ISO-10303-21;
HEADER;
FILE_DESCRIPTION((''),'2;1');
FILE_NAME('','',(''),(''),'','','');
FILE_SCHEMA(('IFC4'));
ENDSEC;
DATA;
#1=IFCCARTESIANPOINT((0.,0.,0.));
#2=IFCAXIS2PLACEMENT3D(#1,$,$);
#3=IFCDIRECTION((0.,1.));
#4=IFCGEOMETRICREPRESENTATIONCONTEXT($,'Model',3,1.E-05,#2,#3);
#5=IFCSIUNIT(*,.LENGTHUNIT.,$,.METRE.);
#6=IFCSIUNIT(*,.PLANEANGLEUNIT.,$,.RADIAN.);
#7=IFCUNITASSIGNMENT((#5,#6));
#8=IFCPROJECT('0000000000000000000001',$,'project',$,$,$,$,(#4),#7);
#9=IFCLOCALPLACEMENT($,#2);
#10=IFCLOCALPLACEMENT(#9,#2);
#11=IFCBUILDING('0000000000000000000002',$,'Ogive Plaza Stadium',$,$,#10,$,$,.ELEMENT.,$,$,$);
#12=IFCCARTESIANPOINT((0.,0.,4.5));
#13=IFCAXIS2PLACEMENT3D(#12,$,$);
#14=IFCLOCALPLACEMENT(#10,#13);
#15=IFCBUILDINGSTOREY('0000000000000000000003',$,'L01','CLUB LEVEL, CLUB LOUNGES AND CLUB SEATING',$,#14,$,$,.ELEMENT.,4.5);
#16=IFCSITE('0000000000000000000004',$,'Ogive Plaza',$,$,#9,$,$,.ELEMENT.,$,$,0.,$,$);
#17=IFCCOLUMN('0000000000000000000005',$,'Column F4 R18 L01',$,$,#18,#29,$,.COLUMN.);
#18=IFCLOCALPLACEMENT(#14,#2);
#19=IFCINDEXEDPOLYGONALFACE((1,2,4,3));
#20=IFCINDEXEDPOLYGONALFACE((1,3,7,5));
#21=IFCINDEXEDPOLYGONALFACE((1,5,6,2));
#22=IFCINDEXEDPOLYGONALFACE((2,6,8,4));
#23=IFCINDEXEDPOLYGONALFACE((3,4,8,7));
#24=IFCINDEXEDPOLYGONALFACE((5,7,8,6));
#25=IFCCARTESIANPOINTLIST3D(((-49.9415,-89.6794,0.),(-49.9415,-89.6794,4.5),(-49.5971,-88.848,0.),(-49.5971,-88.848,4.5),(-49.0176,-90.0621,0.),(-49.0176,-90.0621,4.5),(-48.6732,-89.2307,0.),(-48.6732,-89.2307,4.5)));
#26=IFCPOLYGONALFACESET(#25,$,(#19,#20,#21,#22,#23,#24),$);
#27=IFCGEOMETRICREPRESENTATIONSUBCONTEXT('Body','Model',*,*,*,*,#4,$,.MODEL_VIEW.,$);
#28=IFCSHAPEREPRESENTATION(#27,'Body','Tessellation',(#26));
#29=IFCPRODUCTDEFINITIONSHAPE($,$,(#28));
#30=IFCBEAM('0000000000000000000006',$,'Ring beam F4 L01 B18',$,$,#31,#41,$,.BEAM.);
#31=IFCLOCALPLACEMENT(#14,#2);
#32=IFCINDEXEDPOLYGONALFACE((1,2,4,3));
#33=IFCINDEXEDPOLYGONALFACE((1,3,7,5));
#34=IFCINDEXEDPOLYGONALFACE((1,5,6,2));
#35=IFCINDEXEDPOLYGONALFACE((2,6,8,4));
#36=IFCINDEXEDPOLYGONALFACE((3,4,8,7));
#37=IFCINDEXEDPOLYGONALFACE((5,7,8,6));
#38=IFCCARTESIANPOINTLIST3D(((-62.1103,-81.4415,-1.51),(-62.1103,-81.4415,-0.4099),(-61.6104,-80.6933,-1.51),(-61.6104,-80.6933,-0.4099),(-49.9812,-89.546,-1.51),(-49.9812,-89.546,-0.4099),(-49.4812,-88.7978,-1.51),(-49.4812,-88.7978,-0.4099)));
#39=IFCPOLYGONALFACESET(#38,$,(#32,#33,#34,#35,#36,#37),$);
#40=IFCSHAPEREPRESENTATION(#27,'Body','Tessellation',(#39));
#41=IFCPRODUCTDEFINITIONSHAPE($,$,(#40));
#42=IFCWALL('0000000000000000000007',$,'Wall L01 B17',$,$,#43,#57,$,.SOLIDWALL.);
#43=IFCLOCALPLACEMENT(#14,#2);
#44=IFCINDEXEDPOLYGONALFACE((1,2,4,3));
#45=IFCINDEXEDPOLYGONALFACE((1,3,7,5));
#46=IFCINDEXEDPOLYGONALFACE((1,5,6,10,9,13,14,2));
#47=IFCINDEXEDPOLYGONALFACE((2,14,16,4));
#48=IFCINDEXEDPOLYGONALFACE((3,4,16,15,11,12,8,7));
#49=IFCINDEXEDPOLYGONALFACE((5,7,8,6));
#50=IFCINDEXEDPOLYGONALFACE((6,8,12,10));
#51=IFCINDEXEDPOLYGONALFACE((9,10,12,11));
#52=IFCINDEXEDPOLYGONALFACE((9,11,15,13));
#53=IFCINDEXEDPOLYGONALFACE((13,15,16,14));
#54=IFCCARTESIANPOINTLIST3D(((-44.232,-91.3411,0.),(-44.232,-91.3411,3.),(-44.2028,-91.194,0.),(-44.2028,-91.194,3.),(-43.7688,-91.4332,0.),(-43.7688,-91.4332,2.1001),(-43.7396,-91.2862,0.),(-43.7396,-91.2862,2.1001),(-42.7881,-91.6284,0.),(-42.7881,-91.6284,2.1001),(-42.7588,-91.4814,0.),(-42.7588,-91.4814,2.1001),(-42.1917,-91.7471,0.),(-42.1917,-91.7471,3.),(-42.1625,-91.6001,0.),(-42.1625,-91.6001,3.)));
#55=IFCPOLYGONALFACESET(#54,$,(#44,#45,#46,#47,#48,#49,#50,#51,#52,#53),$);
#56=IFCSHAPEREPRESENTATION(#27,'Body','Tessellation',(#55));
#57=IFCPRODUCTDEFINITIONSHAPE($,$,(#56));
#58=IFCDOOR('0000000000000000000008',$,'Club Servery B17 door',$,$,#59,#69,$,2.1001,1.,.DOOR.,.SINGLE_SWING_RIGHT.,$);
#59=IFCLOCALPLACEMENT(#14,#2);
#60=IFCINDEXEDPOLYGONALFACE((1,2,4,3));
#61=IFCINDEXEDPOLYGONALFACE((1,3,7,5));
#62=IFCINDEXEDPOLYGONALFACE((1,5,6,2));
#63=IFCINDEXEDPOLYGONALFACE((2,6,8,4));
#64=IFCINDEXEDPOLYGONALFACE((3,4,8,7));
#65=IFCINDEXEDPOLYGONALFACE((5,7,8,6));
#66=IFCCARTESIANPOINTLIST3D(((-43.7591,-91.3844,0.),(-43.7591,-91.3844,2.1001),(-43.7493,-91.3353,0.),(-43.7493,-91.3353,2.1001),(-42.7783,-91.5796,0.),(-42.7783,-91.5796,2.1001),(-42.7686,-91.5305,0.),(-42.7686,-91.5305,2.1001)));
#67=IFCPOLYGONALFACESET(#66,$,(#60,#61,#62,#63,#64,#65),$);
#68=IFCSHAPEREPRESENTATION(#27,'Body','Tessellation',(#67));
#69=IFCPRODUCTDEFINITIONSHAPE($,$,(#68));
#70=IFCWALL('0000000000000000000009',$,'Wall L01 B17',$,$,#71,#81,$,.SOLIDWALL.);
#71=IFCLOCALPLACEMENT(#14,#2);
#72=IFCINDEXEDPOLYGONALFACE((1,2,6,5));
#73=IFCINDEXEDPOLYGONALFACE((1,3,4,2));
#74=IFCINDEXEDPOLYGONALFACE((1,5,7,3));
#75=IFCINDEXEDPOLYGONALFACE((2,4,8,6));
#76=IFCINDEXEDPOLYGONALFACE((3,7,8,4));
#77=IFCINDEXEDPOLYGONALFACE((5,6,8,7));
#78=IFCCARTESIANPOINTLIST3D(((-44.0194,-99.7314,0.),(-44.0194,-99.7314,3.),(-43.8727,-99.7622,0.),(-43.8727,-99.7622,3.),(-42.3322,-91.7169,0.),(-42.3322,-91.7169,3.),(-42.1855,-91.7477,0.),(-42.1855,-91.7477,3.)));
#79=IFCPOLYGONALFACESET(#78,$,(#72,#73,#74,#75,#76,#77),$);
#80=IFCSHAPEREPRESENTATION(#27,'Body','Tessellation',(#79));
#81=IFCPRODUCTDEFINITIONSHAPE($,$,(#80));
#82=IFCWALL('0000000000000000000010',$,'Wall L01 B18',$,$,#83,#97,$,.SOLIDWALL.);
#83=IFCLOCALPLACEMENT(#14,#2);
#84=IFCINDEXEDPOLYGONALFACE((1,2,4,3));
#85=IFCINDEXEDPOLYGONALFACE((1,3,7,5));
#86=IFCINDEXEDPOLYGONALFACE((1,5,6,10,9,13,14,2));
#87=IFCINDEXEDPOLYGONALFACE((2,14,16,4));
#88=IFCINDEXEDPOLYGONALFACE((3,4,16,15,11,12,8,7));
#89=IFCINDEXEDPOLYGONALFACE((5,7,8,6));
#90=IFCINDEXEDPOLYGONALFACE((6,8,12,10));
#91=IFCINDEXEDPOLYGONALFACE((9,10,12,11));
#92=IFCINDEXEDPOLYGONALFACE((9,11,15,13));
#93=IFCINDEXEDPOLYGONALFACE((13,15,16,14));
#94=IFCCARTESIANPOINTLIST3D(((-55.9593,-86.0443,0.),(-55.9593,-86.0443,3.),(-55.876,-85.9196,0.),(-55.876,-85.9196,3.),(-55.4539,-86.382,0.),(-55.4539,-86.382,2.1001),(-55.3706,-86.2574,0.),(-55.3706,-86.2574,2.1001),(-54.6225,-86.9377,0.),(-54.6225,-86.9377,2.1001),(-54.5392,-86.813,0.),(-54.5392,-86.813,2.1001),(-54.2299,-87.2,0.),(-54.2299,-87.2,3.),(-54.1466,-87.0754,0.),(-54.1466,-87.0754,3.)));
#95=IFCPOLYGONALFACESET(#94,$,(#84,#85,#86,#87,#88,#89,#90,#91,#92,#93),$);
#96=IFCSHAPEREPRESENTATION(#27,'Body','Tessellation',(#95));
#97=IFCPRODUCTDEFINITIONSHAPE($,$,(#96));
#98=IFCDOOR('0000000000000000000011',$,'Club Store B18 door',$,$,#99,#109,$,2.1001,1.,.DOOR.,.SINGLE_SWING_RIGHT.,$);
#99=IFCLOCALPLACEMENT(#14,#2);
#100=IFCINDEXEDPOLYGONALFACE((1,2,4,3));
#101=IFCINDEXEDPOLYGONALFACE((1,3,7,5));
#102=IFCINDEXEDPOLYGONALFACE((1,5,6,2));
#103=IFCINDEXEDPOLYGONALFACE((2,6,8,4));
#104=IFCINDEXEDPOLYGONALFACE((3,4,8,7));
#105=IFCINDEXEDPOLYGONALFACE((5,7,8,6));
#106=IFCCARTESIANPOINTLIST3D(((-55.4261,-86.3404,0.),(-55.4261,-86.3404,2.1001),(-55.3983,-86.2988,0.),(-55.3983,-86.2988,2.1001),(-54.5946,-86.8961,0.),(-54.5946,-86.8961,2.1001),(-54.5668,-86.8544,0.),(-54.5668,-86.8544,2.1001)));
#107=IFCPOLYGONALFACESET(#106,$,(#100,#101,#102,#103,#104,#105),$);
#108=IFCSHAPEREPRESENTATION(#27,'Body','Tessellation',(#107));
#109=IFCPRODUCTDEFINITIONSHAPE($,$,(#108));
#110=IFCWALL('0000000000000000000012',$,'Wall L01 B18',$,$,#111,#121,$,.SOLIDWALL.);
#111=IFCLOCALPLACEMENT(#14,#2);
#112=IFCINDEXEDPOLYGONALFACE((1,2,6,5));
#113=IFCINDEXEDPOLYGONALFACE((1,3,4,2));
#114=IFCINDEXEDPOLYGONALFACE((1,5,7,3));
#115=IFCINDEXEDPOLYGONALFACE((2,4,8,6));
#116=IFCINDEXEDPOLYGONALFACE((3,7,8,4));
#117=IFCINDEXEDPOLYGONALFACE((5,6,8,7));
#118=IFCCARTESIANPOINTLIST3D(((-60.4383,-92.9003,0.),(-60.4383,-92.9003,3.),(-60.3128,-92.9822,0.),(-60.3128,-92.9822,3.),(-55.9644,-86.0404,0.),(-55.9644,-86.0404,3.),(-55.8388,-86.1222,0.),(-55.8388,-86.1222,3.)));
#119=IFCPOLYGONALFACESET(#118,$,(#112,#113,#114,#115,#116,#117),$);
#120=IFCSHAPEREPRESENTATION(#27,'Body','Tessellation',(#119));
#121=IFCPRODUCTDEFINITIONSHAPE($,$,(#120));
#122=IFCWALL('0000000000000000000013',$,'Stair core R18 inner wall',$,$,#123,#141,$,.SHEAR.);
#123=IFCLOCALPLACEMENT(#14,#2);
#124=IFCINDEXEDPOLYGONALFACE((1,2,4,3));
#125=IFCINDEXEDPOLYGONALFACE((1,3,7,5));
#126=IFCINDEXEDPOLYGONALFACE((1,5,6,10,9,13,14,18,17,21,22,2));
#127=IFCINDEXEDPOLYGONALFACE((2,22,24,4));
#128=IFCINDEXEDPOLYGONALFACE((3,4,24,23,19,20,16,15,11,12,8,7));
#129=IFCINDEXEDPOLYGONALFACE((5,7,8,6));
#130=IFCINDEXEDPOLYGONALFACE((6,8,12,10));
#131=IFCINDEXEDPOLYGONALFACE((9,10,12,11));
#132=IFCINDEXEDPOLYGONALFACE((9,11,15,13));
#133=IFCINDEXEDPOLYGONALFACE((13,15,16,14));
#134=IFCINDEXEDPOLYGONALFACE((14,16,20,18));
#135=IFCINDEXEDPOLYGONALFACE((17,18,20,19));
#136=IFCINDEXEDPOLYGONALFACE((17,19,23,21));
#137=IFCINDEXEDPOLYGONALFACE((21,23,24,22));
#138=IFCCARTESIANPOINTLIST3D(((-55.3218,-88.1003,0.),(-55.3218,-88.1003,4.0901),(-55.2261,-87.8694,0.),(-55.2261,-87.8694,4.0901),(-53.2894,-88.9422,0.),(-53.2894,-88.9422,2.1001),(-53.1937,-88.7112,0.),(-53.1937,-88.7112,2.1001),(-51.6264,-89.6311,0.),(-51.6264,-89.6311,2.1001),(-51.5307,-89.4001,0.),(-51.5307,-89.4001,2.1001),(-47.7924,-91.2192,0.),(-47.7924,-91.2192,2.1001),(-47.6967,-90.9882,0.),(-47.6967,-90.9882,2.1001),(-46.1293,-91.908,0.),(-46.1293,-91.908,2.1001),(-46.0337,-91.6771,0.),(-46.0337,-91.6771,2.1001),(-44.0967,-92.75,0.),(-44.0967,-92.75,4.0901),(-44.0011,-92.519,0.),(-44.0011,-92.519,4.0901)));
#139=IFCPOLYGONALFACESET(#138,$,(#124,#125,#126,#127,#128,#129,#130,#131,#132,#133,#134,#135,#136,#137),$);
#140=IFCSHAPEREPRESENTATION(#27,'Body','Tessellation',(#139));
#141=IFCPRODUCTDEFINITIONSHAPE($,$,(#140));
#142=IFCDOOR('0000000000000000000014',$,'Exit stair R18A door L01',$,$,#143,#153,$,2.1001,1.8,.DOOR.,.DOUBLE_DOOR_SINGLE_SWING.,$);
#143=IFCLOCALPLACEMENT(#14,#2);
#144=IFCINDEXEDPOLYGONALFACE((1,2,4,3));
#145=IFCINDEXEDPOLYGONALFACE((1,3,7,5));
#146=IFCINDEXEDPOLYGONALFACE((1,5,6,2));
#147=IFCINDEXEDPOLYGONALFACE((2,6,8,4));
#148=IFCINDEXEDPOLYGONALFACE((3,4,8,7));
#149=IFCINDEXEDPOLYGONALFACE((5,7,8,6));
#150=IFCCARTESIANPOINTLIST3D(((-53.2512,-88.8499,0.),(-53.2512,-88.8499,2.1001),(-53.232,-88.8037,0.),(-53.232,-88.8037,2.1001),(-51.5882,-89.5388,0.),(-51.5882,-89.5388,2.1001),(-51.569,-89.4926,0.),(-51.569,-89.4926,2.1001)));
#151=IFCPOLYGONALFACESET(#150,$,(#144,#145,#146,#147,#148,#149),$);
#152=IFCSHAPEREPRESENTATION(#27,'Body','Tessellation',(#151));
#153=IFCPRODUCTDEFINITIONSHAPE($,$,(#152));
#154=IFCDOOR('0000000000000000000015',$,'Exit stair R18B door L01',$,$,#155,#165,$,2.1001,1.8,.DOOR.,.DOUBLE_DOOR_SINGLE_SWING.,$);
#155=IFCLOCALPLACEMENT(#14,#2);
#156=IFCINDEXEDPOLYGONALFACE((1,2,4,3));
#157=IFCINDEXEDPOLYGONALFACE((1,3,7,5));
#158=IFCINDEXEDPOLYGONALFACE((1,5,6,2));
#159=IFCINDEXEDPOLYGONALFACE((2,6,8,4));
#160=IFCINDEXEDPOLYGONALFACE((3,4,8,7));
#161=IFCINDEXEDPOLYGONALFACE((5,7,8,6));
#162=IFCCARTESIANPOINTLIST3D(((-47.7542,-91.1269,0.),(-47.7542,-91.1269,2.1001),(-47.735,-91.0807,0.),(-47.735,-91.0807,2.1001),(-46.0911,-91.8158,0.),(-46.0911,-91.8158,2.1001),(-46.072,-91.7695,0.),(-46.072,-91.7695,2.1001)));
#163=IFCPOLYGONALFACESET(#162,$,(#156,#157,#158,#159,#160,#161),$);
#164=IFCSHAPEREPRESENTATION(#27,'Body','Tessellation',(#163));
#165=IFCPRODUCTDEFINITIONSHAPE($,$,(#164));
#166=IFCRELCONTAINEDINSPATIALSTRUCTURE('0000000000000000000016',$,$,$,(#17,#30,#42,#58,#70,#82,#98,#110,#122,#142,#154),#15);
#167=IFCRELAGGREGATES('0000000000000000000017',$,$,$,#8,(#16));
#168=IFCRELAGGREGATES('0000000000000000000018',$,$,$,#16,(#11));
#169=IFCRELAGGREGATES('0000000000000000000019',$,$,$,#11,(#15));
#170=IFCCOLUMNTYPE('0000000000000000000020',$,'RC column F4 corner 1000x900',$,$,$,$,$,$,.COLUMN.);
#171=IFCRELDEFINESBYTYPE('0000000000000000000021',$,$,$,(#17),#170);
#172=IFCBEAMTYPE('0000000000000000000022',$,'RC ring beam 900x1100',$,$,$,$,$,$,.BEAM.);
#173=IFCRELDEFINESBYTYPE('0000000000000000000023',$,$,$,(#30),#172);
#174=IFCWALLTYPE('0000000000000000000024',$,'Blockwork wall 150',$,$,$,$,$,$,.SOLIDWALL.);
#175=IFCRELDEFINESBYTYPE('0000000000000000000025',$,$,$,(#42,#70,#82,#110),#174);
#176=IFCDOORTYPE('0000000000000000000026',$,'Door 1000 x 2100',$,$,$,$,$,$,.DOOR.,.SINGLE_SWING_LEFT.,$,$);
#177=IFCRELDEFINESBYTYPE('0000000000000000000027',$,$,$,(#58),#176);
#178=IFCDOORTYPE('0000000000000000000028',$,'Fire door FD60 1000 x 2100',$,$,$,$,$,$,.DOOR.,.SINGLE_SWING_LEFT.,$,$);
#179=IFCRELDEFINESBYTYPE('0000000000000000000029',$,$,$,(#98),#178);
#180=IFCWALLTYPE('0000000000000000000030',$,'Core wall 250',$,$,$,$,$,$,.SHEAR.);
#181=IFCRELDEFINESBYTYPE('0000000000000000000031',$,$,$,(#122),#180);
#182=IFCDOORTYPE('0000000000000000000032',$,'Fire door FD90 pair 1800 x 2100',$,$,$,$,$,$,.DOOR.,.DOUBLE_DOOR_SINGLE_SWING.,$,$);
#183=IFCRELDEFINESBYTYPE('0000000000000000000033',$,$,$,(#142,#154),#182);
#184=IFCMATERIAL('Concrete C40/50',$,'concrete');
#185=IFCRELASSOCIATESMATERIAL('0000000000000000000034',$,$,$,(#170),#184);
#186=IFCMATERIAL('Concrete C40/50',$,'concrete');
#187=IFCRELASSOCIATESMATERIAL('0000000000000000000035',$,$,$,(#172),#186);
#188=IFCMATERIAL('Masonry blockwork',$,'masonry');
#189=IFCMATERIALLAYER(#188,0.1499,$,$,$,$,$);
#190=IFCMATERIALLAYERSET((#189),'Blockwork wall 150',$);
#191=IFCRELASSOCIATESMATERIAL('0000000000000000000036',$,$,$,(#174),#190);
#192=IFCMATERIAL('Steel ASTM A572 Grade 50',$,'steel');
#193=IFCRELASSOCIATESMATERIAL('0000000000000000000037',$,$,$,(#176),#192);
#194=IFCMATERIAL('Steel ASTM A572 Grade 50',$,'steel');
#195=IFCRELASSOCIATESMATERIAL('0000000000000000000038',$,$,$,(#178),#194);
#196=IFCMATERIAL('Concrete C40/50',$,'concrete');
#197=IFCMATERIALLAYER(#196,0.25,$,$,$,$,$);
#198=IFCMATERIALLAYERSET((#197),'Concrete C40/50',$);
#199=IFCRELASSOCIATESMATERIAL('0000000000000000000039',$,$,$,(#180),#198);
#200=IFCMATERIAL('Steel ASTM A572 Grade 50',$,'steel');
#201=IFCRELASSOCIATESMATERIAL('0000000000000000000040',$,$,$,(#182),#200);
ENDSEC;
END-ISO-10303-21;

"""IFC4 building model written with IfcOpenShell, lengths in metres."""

from ifc_helpers import new_model, si_unit, direction, frame, frame_2d, origin, origin_2d, place, context, subcontext, project, spatial, rectangle, extrude, material, layer, layer_set, material_profile, profile_set, type_object, element, fill, save


model = new_model("IFC4")

# Units and contexts
model_context = context("Model", 3, precision=1e-05, world=origin(), true_north=direction((0.0, 1.0)))
body_context = subcontext(model_context, "Body", "Model", "MODEL_VIEW")
ifc_project = project(units=[si_unit("LENGTHUNIT", "METRE"), si_unit("PLANEANGLEUNIT", "RADIAN")], contexts=[model_context])

# Site, building, storey
site_placement = place(None, origin())
site = spatial("IfcSite", under=ifc_project, at=site_placement, Name="Ogive Plaza", CompositionType="ELEMENT", RefElevation=0.0)
building_placement = place(site_placement, origin())
building = spatial("IfcBuilding", under=site, at=building_placement, Name="Ogive Plaza Stadium", CompositionType="ELEMENT")
storey_placement = place(building_placement, frame((0.0, 0.0, 4.5)))
storey = spatial("IfcBuildingStorey", under=building, at=storey_placement, Name="L01", Description="CLUB LEVEL, CLUB LOUNGES AND CLUB SEATING", CompositionType="ELEMENT", Elevation=4.5)

# Column
ifc_material_1 = material(Name="Concrete C40/50", Category="concrete")
ifc_material_profile_1 = material_profile(ifc_material_1, rectangle(XDim=1.0, YDim=0.8999, at=origin_2d()), Name="RC 1000x900")
ifc_profile_set_1 = profile_set([ifc_material_profile_1], Name="Concrete C40/50")
column_type = type_object("IfcColumnType", Name="RC column F4 corner 1000x900", PredefinedType="COLUMN", material=ifc_profile_set_1)
column_placement = place(storey_placement, frame((-49.3074, -89.4551, 0.0), z_axis=(0.0, 0.0, 1.0), x_axis=(0.92388, -0.382683, 0.0)))
element("IfcColumn", 1, at=column_placement, inside=storey, type_object=column_type, Name="Column F4 R18 L01", PredefinedType="COLUMN", context=body_context, shape_type="SweptSolid", body=[
    extrude(rectangle(XDim=1.0, YDim=0.8999, at=origin_2d()), origin(), (0.0, 0.0, 1.0), 4.5),
])

# Beam
ifc_material_2 = material(Name="Concrete C40/50", Category="concrete")
ifc_material_profile_2 = material_profile(ifc_material_2, rectangle(XDim=0.8999, YDim=1.1001, at=origin_2d()), Name="RC 900x1100")
ifc_profile_set_2 = profile_set([ifc_material_profile_2], Name="Concrete C40/50")
beam_type = type_object("IfcBeamType", Name="RC ring beam 900x1100", PredefinedType="BEAM", material=ifc_profile_set_2)
beam_placement = place(storey_placement, frame((-49.7312, -89.1719, -0.96), z_axis=(-0.831468, 0.555573, 0.0), x_axis=(-0.555573, -0.831468, 0.0)))
element("IfcBeam", 2, at=beam_placement, inside=storey, type_object=beam_type, Name="Ring beam F4 L01 B18", PredefinedType="BEAM", context=body_context, shape_type="SweptSolid", body=[
    extrude(rectangle(XDim=0.8999, YDim=1.1001, at=origin_2d()), origin(), (0.0, 0.0, 1.0), 14.5876),
])

# Wall, opening, door
ifc_material_3 = material(Name="Masonry blockwork", Category="masonry")
ifc_layer_1 = layer(ifc_material_3, 0.1499)
ifc_layer_set_1 = layer_set([ifc_layer_1], Name="Blockwork wall 150")
wall_type_1 = type_object("IfcWallType", Name="Blockwork wall 150", PredefinedType="SOLIDWALL", material=ifc_layer_set_1)
wall_1_placement = place(storey_placement, frame((-44.2173, -91.2676, 0.0), z_axis=(0.0, 0.0, 1.0), x_axis=(0.98077, -0.195168, 0.0)))
wall_1 = element("IfcWall", 3, at=wall_1_placement, inside=storey, type_object=wall_type_1, Name="Wall L01 B17", PredefinedType="SOLIDWALL", context=body_context, shape_type="SweptSolid", body=[
    extrude(rectangle(XDim=2.0803, YDim=0.1499, at=frame_2d((1.04, 0.0))), origin(), (0.0, 0.0, 1.0), 3.0),
])
opening_1_placement = place(wall_1_placement, frame((0.4722, 0.0, 0.0)))
opening_1 = element("IfcOpeningElement", 4, at=opening_1_placement, cuts=wall_1, PredefinedType="OPENING", context=body_context, shape_type="SweptSolid", body=[
    extrude(rectangle(XDim=1.0, YDim=2.1001, at=frame_2d((0.5, 1.05))), frame((0.0, 0.075, 0.0), z_axis=(0.0, -1.0, 0.0), x_axis=(1.0, 0.0, 0.0)), (0.0, 0.0, 1.0), 0.1499),
])
ifc_material_4 = material(Name="Steel ASTM A572 Grade 50", Category="steel")
door_type_1 = type_object("IfcDoorType", Name="Door 1000 x 2100", OperationType="SINGLE_SWING_LEFT", PredefinedType="DOOR", material=ifc_material_4)
door_1_placement = place(opening_1_placement, origin())
door_1 = element("IfcDoor", 5, at=door_1_placement, inside=storey, type_object=door_type_1, Name="Club Servery B17 door", OperationType="SINGLE_SWING_RIGHT", OverallHeight=2.1001, OverallWidth=1.0, PredefinedType="DOOR", context=body_context, shape_type="SweptSolid", body=[
    extrude(rectangle(XDim=1.0, YDim=2.1001, at=frame_2d((0.5, 1.05))), frame((0.0, 0.0249, 0.0), z_axis=(0.0, -1.0, 0.0), x_axis=(1.0, 0.0, 0.0)), (0.0, 0.0, 1.0), 0.05),
])
fill(opening_1, door_1)

# Wall
wall_2_placement = place(storey_placement, frame((-42.2588, -91.7322, 0.0), z_axis=(0.0, 0.0, 1.0), x_axis=(-0.206012, -0.978549, 0.0)))
element("IfcWall", 6, at=wall_2_placement, inside=storey, type_object=wall_type_1, Name="Wall L01 B17", PredefinedType="SOLIDWALL", context=body_context, shape_type="SweptSolid", body=[
    extrude(rectangle(XDim=8.1902, YDim=0.1499, at=frame_2d((4.0952, 0.0))), origin(), (0.0, 0.0, 1.0), 3.0),
])

# Wall, opening, door
wall_3_placement = place(storey_placement, frame((-54.1882, -87.1377, 0.0), z_axis=(0.0, 0.0, 1.0), x_axis=(-0.831436, 0.555621, 0.0)))
wall_3 = element("IfcWall", 7, at=wall_3_placement, inside=storey, type_object=wall_type_1, Name="Wall L01 B18", PredefinedType="SOLIDWALL", context=body_context, shape_type="SweptSolid", body=[
    extrude(rectangle(XDim=2.0801, YDim=0.1499, at=frame_2d((1.04, 0.0))), origin(), (0.0, 0.0, 1.0), 3.0),
])
opening_2_placement = place(wall_3_placement, frame((0.4722, 0.0, 0.0)))
opening_2 = element("IfcOpeningElement", 8, at=opening_2_placement, cuts=wall_3, PredefinedType="OPENING", context=body_context, shape_type="SweptSolid", body=[
    extrude(rectangle(XDim=1.0, YDim=2.1001, at=frame_2d((0.5, 1.05))), frame((0.0, 0.075, 0.0), z_axis=(0.0, -1.0, 0.0), x_axis=(1.0, 0.0, 0.0)), (0.0, 0.0, 1.0), 0.1499),
])
ifc_material_5 = material(Name="Steel ASTM A572 Grade 50", Category="steel")
door_type_2 = type_object("IfcDoorType", Name="Fire door FD60 1000 x 2100", OperationType="SINGLE_SWING_LEFT", PredefinedType="DOOR", material=ifc_material_5)
door_2_placement = place(opening_2_placement, origin())
door_2 = element("IfcDoor", 9, at=door_2_placement, inside=storey, type_object=door_type_2, Name="Club Store B18 door", OperationType="SINGLE_SWING_RIGHT", OverallHeight=2.1001, OverallWidth=1.0, PredefinedType="DOOR", context=body_context, shape_type="SweptSolid", body=[
    extrude(rectangle(XDim=1.0, YDim=2.1001, at=frame_2d((0.5, 1.05))), frame((0.0, 0.0249, 0.0), z_axis=(0.0, -1.0, 0.0), x_axis=(1.0, 0.0, 0.0)), (0.0, 0.0, 1.0), 0.05),
])
fill(opening_2, door_2)

# Wall
wall_4_placement = place(storey_placement, frame((-55.9016, -86.0813, 0.0), z_axis=(0.0, 0.0, 1.0), x_axis=(-0.546272, -0.837608, 0.0)))
element("IfcWall", 10, at=wall_4_placement, inside=storey, type_object=wall_type_1, Name="Wall L01 B18", PredefinedType="SOLIDWALL", context=body_context, shape_type="SweptSolid", body=[
    extrude(rectangle(XDim=8.1899, YDim=0.1499, at=frame_2d((4.095, 0.0))), origin(), (0.0, 0.0, 1.0), 3.0),
])

# Wall, openings, doors
ifc_material_6 = material(Name="Concrete C40/50", Category="concrete")
ifc_layer_2 = layer(ifc_material_6, 0.25)
ifc_layer_set_2 = layer_set([ifc_layer_2], Name="Concrete C40/50")
wall_type_2 = type_object("IfcWallType", Name="Core wall 250", PredefinedType="SHEAR", material=ifc_layer_set_2)
wall_5_placement = place(storey_placement, frame((-55.2739, -87.9849, 0.0), z_axis=(0.0, 0.0, 1.0), x_axis=(0.923877, -0.382688, 0.0)))
wall_5 = element("IfcWall", 11, at=wall_5_placement, inside=storey, type_object=wall_type_2, Name="Stair core R18 inner wall", PredefinedType="SHEAR", context=body_context, shape_type="SweptSolid", body=[
    extrude(rectangle(XDim=12.1499, YDim=0.25, at=frame_2d((6.075, 0.0))), origin(), (0.0, 0.0, 1.0), 4.0901),
])
opening_3_placement = place(wall_5_placement, frame((2.2, 0.0, 0.0)))
opening_3 = element("IfcOpeningElement", 12, at=opening_3_placement, cuts=wall_5, PredefinedType="OPENING", context=body_context, shape_type="SweptSolid", body=[
    extrude(rectangle(XDim=1.8, YDim=2.1001, at=frame_2d((0.8999, 1.05))), frame((0.0, 0.125, 0.0), z_axis=(0.0, -1.0, 0.0), x_axis=(1.0, 0.0, 0.0)), (0.0, 0.0, 1.0), 0.25),
])
opening_4_placement = place(wall_5_placement, frame((8.1499, 0.0, 0.0)))
opening_4 = element("IfcOpeningElement", 13, at=opening_4_placement, cuts=wall_5, PredefinedType="OPENING", context=body_context, shape_type="SweptSolid", body=[
    extrude(rectangle(XDim=1.8, YDim=2.1001, at=frame_2d((0.8999, 1.05))), frame((0.0, 0.125, 0.0), z_axis=(0.0, -1.0, 0.0), x_axis=(1.0, 0.0, 0.0)), (0.0, 0.0, 1.0), 0.25),
])
ifc_material_7 = material(Name="Steel ASTM A572 Grade 50", Category="steel")
door_type_3 = type_object("IfcDoorType", Name="Fire door FD90 pair 1800 x 2100", OperationType="DOUBLE_DOOR_SINGLE_SWING", PredefinedType="DOOR", material=ifc_material_7)
door_3_placement = place(opening_3_placement, origin())
door_3 = element("IfcDoor", 14, at=door_3_placement, inside=storey, type_object=door_type_3, Name="Exit stair R18A door L01", OperationType="DOUBLE_DOOR_SINGLE_SWING", OverallHeight=2.1001, OverallWidth=1.8, PredefinedType="DOOR", context=body_context, shape_type="SweptSolid", body=[
    extrude(rectangle(XDim=1.8, YDim=2.1001, at=frame_2d((0.8999, 1.05))), frame((0.0, 0.0249, 0.0), z_axis=(0.0, -1.0, 0.0), x_axis=(1.0, 0.0, 0.0)), (0.0, 0.0, 1.0), 0.05),
])
fill(opening_3, door_3)
door_4_placement = place(opening_4_placement, origin())
door_4 = element("IfcDoor", 15, at=door_4_placement, inside=storey, type_object=door_type_3, Name="Exit stair R18B door L01", OperationType="DOUBLE_DOOR_SINGLE_SWING", OverallHeight=2.1001, OverallWidth=1.8, PredefinedType="DOOR", context=body_context, shape_type="SweptSolid", body=[
    extrude(rectangle(XDim=1.8, YDim=2.1001, at=frame_2d((0.8999, 1.05))), frame((0.0, 0.0249, 0.0), z_axis=(0.0, -1.0, 0.0), x_axis=(1.0, 0.0, 0.0)), (0.0, 0.0, 1.0), 0.05),
])
fill(opening_4, door_4)

save(model, "model.ifc")
